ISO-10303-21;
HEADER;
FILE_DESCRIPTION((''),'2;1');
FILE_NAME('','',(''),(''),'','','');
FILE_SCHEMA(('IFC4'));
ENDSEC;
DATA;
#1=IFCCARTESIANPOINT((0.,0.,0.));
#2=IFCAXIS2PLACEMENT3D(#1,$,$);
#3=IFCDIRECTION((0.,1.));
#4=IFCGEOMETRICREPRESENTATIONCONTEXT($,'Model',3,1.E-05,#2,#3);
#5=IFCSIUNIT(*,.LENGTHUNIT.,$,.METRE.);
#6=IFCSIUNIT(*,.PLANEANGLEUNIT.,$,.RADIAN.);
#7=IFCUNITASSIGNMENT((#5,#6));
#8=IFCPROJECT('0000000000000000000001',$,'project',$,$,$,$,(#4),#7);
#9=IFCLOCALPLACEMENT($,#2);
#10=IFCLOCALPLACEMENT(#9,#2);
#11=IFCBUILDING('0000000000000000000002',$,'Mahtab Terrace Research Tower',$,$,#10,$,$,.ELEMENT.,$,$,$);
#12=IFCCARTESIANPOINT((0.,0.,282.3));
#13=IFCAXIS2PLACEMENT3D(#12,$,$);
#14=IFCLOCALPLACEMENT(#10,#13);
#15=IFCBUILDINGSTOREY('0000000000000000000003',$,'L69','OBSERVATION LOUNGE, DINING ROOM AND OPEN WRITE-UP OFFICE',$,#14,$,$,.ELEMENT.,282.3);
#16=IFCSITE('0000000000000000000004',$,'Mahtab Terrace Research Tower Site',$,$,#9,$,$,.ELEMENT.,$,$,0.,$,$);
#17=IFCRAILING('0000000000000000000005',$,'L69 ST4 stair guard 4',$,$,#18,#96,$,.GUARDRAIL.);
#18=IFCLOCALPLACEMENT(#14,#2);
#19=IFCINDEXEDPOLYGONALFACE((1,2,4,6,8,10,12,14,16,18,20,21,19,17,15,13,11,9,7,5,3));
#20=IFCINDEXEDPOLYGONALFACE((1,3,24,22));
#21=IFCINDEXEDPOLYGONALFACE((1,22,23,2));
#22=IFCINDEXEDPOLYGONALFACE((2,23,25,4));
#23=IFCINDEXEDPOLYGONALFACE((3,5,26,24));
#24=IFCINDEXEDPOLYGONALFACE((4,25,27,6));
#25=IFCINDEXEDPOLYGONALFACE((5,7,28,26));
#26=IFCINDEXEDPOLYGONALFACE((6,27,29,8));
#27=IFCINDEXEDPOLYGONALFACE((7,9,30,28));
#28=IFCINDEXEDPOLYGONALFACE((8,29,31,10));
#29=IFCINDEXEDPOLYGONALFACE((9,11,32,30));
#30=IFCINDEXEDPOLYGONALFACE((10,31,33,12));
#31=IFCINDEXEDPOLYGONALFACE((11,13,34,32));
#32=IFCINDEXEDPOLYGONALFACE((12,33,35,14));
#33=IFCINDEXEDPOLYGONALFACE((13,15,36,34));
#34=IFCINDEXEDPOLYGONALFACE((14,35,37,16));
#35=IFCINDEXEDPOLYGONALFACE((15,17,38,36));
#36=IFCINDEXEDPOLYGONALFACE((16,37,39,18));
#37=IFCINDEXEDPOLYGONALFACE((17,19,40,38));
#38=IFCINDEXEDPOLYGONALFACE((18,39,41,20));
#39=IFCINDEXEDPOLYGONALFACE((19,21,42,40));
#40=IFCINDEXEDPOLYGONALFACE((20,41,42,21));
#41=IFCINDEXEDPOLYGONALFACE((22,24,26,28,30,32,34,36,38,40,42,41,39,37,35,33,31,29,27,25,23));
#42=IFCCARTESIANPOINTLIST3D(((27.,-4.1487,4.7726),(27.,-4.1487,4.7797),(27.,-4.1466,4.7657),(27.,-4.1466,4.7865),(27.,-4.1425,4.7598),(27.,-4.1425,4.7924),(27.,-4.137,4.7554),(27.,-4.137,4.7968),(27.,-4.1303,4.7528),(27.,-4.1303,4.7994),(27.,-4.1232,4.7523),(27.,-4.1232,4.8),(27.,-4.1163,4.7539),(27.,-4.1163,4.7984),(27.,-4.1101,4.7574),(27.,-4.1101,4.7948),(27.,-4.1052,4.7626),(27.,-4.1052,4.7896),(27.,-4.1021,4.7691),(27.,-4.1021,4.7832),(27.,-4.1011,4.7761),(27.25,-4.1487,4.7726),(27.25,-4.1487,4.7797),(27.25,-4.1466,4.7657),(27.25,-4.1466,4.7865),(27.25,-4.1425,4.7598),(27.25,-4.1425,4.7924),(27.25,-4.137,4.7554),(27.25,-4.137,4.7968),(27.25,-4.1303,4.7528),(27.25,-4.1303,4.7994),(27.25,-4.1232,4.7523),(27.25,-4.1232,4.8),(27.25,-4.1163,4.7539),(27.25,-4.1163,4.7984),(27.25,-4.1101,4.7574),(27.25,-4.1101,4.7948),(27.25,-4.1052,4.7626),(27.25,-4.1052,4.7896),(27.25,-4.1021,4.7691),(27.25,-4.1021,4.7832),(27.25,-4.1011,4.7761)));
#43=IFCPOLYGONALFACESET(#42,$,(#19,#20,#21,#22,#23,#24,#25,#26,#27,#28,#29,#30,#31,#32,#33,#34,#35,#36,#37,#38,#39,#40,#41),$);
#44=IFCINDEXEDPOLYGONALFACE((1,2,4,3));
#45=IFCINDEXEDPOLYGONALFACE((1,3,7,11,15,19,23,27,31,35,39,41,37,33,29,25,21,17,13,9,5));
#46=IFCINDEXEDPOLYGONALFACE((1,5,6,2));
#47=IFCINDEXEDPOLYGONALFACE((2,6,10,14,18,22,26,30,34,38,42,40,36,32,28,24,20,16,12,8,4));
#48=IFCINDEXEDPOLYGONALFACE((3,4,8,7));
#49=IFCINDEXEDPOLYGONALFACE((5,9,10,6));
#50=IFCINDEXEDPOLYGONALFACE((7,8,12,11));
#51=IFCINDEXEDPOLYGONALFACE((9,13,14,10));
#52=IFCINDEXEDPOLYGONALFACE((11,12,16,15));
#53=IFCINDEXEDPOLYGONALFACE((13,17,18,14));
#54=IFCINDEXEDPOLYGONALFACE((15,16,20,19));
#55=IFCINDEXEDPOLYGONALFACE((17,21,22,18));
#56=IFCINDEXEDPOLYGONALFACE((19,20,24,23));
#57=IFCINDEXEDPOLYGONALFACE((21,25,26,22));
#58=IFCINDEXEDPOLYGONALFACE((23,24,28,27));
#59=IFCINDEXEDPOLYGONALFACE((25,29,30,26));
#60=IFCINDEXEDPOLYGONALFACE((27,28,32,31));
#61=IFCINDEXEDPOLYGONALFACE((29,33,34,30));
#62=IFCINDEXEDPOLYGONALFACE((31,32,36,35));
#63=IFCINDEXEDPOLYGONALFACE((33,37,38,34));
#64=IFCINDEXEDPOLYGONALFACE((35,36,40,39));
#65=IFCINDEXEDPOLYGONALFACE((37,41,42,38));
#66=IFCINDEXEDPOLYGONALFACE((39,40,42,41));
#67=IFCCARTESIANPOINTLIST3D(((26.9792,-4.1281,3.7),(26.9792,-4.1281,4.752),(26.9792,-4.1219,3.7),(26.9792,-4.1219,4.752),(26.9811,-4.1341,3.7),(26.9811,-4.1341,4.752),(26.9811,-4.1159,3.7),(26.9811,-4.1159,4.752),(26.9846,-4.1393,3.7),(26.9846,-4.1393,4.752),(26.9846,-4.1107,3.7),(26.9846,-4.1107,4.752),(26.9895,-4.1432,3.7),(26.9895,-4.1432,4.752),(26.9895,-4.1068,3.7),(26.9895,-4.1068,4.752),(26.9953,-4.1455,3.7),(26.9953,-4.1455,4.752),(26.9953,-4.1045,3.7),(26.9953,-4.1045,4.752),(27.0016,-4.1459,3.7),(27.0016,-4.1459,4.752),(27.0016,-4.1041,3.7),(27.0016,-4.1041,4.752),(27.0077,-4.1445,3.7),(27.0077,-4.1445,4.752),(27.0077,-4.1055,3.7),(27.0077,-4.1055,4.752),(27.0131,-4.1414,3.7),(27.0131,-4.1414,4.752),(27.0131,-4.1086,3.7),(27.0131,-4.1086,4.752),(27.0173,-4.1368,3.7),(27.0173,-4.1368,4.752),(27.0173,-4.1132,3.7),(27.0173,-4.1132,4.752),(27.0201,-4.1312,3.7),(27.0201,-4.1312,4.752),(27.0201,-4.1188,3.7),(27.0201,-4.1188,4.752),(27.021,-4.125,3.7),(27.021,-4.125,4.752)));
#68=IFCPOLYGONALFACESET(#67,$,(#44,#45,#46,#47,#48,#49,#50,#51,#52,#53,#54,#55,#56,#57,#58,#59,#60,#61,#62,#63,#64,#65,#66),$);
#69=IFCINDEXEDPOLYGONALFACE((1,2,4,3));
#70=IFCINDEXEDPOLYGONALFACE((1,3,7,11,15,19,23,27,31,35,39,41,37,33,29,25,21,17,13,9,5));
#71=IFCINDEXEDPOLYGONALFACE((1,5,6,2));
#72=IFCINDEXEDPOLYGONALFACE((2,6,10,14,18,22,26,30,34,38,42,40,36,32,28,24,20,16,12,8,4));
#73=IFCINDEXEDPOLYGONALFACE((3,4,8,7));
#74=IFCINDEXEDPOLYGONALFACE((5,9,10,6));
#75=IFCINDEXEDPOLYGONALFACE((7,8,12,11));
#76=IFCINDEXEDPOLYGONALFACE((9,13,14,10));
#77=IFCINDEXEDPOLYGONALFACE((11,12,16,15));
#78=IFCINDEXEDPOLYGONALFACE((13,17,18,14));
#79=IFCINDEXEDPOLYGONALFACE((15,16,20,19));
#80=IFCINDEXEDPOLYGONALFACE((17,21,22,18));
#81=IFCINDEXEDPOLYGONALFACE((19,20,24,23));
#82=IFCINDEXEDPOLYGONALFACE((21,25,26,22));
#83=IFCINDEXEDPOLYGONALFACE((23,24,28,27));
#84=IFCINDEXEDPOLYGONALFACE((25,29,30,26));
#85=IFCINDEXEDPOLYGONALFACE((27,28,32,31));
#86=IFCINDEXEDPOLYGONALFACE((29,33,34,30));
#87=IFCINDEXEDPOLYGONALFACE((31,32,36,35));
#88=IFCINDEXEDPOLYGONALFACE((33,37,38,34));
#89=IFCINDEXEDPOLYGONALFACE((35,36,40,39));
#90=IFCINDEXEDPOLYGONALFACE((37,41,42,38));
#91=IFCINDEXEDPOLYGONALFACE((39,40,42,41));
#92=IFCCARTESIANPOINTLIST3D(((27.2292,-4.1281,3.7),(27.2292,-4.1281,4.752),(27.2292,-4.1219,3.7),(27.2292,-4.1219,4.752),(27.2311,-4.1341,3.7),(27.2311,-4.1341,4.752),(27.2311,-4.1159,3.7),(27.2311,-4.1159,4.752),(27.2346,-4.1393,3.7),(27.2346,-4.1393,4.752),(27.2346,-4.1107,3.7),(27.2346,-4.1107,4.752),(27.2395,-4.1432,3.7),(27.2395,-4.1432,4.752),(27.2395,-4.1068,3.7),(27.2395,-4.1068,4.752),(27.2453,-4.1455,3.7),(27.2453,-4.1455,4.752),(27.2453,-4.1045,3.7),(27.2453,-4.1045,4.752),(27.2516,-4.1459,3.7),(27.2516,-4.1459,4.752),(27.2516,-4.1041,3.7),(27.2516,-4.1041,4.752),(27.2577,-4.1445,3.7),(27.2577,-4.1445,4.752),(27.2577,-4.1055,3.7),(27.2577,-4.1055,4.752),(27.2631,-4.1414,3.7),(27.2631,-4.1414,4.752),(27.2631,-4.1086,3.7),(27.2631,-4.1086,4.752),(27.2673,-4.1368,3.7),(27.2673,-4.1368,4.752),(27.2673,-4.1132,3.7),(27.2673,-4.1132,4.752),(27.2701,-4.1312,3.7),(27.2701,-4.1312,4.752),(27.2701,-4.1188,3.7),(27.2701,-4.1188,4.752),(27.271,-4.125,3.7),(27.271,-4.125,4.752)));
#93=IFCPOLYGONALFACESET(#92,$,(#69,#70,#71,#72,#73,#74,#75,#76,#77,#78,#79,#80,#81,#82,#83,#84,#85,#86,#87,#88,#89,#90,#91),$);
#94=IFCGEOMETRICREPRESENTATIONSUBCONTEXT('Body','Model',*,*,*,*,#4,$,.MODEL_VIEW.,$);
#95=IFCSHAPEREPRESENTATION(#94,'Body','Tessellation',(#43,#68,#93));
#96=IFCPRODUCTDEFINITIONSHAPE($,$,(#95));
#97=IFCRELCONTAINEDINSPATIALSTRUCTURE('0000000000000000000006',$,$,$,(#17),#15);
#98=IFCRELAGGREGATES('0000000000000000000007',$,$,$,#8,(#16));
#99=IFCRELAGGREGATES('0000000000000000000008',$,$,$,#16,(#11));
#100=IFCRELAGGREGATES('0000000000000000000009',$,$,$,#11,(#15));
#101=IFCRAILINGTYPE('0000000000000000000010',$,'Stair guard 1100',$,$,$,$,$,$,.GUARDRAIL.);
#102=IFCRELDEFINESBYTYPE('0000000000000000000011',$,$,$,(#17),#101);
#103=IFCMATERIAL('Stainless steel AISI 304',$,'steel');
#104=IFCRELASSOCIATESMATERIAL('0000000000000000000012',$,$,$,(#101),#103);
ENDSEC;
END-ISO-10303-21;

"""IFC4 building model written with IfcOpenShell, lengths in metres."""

from ifc_helpers import new_model, si_unit, direction, frame, origin, origin_2d, place, context, subcontext, project, spatial, circle, extrude, material, type_object, element, save


model = new_model("IFC4")

# Units and contexts
model_context = context("Model", 3, precision=1e-05, world=origin(), true_north=direction((0.0, 1.0)))
body_context = subcontext(model_context, "Body", "Model", "MODEL_VIEW")
ifc_project = project(units=[si_unit("LENGTHUNIT", "METRE"), si_unit("PLANEANGLEUNIT", "RADIAN")], contexts=[model_context])

# Site, building, storey
site_placement = place(None, origin())
site = spatial("IfcSite", under=ifc_project, at=site_placement, Name="Mahtab Terrace Research Tower Site", CompositionType="ELEMENT", RefElevation=0.0)
building_placement = place(site_placement, origin())
building = spatial("IfcBuilding", under=site, at=building_placement, Name="Mahtab Terrace Research Tower", CompositionType="ELEMENT")
storey_placement = place(building_placement, frame((0.0, 0.0, 282.3)))
storey = spatial("IfcBuildingStorey", under=building, at=storey_placement, Name="L69", Description="OBSERVATION LOUNGE, DINING ROOM AND OPEN WRITE-UP OFFICE", CompositionType="ELEMENT", Elevation=282.3)

# Railing
ifc_material_1 = material(Name="Stainless steel AISI 304", Category="steel")
railing_type_1 = type_object("IfcRailingType", Name="Stair guard 1100", PredefinedType="GUARDRAIL", material=ifc_material_1)
railing_1_placement = place(storey_placement, frame((27.0, -4.125, 3.7)))
element("IfcRailing", 1, at=railing_1_placement, inside=storey, type_object=railing_type_1, Name="L69 ST4 stair guard 4", PredefinedType="GUARDRAIL", context=body_context, shape_type="SweptSolid", body=[
    extrude(circle(Radius=0.0239, at=origin_2d()), frame((0.0, 0.0, 1.0762), z_axis=(1.0, 0.0, 0.0), x_axis=(0.0, 1.0, 0.0)), (0.0, 0.0, 1.0), 0.25),
    extrude(circle(Radius=0.021, at=origin_2d()), origin(), (0.0, 0.0, 1.0), 1.052),
    extrude(circle(Radius=0.021, at=origin_2d()), frame((0.25, 0.0, 0.0)), (0.0, 0.0, 1.0), 1.052),
])

save(model, "model.ifc")
